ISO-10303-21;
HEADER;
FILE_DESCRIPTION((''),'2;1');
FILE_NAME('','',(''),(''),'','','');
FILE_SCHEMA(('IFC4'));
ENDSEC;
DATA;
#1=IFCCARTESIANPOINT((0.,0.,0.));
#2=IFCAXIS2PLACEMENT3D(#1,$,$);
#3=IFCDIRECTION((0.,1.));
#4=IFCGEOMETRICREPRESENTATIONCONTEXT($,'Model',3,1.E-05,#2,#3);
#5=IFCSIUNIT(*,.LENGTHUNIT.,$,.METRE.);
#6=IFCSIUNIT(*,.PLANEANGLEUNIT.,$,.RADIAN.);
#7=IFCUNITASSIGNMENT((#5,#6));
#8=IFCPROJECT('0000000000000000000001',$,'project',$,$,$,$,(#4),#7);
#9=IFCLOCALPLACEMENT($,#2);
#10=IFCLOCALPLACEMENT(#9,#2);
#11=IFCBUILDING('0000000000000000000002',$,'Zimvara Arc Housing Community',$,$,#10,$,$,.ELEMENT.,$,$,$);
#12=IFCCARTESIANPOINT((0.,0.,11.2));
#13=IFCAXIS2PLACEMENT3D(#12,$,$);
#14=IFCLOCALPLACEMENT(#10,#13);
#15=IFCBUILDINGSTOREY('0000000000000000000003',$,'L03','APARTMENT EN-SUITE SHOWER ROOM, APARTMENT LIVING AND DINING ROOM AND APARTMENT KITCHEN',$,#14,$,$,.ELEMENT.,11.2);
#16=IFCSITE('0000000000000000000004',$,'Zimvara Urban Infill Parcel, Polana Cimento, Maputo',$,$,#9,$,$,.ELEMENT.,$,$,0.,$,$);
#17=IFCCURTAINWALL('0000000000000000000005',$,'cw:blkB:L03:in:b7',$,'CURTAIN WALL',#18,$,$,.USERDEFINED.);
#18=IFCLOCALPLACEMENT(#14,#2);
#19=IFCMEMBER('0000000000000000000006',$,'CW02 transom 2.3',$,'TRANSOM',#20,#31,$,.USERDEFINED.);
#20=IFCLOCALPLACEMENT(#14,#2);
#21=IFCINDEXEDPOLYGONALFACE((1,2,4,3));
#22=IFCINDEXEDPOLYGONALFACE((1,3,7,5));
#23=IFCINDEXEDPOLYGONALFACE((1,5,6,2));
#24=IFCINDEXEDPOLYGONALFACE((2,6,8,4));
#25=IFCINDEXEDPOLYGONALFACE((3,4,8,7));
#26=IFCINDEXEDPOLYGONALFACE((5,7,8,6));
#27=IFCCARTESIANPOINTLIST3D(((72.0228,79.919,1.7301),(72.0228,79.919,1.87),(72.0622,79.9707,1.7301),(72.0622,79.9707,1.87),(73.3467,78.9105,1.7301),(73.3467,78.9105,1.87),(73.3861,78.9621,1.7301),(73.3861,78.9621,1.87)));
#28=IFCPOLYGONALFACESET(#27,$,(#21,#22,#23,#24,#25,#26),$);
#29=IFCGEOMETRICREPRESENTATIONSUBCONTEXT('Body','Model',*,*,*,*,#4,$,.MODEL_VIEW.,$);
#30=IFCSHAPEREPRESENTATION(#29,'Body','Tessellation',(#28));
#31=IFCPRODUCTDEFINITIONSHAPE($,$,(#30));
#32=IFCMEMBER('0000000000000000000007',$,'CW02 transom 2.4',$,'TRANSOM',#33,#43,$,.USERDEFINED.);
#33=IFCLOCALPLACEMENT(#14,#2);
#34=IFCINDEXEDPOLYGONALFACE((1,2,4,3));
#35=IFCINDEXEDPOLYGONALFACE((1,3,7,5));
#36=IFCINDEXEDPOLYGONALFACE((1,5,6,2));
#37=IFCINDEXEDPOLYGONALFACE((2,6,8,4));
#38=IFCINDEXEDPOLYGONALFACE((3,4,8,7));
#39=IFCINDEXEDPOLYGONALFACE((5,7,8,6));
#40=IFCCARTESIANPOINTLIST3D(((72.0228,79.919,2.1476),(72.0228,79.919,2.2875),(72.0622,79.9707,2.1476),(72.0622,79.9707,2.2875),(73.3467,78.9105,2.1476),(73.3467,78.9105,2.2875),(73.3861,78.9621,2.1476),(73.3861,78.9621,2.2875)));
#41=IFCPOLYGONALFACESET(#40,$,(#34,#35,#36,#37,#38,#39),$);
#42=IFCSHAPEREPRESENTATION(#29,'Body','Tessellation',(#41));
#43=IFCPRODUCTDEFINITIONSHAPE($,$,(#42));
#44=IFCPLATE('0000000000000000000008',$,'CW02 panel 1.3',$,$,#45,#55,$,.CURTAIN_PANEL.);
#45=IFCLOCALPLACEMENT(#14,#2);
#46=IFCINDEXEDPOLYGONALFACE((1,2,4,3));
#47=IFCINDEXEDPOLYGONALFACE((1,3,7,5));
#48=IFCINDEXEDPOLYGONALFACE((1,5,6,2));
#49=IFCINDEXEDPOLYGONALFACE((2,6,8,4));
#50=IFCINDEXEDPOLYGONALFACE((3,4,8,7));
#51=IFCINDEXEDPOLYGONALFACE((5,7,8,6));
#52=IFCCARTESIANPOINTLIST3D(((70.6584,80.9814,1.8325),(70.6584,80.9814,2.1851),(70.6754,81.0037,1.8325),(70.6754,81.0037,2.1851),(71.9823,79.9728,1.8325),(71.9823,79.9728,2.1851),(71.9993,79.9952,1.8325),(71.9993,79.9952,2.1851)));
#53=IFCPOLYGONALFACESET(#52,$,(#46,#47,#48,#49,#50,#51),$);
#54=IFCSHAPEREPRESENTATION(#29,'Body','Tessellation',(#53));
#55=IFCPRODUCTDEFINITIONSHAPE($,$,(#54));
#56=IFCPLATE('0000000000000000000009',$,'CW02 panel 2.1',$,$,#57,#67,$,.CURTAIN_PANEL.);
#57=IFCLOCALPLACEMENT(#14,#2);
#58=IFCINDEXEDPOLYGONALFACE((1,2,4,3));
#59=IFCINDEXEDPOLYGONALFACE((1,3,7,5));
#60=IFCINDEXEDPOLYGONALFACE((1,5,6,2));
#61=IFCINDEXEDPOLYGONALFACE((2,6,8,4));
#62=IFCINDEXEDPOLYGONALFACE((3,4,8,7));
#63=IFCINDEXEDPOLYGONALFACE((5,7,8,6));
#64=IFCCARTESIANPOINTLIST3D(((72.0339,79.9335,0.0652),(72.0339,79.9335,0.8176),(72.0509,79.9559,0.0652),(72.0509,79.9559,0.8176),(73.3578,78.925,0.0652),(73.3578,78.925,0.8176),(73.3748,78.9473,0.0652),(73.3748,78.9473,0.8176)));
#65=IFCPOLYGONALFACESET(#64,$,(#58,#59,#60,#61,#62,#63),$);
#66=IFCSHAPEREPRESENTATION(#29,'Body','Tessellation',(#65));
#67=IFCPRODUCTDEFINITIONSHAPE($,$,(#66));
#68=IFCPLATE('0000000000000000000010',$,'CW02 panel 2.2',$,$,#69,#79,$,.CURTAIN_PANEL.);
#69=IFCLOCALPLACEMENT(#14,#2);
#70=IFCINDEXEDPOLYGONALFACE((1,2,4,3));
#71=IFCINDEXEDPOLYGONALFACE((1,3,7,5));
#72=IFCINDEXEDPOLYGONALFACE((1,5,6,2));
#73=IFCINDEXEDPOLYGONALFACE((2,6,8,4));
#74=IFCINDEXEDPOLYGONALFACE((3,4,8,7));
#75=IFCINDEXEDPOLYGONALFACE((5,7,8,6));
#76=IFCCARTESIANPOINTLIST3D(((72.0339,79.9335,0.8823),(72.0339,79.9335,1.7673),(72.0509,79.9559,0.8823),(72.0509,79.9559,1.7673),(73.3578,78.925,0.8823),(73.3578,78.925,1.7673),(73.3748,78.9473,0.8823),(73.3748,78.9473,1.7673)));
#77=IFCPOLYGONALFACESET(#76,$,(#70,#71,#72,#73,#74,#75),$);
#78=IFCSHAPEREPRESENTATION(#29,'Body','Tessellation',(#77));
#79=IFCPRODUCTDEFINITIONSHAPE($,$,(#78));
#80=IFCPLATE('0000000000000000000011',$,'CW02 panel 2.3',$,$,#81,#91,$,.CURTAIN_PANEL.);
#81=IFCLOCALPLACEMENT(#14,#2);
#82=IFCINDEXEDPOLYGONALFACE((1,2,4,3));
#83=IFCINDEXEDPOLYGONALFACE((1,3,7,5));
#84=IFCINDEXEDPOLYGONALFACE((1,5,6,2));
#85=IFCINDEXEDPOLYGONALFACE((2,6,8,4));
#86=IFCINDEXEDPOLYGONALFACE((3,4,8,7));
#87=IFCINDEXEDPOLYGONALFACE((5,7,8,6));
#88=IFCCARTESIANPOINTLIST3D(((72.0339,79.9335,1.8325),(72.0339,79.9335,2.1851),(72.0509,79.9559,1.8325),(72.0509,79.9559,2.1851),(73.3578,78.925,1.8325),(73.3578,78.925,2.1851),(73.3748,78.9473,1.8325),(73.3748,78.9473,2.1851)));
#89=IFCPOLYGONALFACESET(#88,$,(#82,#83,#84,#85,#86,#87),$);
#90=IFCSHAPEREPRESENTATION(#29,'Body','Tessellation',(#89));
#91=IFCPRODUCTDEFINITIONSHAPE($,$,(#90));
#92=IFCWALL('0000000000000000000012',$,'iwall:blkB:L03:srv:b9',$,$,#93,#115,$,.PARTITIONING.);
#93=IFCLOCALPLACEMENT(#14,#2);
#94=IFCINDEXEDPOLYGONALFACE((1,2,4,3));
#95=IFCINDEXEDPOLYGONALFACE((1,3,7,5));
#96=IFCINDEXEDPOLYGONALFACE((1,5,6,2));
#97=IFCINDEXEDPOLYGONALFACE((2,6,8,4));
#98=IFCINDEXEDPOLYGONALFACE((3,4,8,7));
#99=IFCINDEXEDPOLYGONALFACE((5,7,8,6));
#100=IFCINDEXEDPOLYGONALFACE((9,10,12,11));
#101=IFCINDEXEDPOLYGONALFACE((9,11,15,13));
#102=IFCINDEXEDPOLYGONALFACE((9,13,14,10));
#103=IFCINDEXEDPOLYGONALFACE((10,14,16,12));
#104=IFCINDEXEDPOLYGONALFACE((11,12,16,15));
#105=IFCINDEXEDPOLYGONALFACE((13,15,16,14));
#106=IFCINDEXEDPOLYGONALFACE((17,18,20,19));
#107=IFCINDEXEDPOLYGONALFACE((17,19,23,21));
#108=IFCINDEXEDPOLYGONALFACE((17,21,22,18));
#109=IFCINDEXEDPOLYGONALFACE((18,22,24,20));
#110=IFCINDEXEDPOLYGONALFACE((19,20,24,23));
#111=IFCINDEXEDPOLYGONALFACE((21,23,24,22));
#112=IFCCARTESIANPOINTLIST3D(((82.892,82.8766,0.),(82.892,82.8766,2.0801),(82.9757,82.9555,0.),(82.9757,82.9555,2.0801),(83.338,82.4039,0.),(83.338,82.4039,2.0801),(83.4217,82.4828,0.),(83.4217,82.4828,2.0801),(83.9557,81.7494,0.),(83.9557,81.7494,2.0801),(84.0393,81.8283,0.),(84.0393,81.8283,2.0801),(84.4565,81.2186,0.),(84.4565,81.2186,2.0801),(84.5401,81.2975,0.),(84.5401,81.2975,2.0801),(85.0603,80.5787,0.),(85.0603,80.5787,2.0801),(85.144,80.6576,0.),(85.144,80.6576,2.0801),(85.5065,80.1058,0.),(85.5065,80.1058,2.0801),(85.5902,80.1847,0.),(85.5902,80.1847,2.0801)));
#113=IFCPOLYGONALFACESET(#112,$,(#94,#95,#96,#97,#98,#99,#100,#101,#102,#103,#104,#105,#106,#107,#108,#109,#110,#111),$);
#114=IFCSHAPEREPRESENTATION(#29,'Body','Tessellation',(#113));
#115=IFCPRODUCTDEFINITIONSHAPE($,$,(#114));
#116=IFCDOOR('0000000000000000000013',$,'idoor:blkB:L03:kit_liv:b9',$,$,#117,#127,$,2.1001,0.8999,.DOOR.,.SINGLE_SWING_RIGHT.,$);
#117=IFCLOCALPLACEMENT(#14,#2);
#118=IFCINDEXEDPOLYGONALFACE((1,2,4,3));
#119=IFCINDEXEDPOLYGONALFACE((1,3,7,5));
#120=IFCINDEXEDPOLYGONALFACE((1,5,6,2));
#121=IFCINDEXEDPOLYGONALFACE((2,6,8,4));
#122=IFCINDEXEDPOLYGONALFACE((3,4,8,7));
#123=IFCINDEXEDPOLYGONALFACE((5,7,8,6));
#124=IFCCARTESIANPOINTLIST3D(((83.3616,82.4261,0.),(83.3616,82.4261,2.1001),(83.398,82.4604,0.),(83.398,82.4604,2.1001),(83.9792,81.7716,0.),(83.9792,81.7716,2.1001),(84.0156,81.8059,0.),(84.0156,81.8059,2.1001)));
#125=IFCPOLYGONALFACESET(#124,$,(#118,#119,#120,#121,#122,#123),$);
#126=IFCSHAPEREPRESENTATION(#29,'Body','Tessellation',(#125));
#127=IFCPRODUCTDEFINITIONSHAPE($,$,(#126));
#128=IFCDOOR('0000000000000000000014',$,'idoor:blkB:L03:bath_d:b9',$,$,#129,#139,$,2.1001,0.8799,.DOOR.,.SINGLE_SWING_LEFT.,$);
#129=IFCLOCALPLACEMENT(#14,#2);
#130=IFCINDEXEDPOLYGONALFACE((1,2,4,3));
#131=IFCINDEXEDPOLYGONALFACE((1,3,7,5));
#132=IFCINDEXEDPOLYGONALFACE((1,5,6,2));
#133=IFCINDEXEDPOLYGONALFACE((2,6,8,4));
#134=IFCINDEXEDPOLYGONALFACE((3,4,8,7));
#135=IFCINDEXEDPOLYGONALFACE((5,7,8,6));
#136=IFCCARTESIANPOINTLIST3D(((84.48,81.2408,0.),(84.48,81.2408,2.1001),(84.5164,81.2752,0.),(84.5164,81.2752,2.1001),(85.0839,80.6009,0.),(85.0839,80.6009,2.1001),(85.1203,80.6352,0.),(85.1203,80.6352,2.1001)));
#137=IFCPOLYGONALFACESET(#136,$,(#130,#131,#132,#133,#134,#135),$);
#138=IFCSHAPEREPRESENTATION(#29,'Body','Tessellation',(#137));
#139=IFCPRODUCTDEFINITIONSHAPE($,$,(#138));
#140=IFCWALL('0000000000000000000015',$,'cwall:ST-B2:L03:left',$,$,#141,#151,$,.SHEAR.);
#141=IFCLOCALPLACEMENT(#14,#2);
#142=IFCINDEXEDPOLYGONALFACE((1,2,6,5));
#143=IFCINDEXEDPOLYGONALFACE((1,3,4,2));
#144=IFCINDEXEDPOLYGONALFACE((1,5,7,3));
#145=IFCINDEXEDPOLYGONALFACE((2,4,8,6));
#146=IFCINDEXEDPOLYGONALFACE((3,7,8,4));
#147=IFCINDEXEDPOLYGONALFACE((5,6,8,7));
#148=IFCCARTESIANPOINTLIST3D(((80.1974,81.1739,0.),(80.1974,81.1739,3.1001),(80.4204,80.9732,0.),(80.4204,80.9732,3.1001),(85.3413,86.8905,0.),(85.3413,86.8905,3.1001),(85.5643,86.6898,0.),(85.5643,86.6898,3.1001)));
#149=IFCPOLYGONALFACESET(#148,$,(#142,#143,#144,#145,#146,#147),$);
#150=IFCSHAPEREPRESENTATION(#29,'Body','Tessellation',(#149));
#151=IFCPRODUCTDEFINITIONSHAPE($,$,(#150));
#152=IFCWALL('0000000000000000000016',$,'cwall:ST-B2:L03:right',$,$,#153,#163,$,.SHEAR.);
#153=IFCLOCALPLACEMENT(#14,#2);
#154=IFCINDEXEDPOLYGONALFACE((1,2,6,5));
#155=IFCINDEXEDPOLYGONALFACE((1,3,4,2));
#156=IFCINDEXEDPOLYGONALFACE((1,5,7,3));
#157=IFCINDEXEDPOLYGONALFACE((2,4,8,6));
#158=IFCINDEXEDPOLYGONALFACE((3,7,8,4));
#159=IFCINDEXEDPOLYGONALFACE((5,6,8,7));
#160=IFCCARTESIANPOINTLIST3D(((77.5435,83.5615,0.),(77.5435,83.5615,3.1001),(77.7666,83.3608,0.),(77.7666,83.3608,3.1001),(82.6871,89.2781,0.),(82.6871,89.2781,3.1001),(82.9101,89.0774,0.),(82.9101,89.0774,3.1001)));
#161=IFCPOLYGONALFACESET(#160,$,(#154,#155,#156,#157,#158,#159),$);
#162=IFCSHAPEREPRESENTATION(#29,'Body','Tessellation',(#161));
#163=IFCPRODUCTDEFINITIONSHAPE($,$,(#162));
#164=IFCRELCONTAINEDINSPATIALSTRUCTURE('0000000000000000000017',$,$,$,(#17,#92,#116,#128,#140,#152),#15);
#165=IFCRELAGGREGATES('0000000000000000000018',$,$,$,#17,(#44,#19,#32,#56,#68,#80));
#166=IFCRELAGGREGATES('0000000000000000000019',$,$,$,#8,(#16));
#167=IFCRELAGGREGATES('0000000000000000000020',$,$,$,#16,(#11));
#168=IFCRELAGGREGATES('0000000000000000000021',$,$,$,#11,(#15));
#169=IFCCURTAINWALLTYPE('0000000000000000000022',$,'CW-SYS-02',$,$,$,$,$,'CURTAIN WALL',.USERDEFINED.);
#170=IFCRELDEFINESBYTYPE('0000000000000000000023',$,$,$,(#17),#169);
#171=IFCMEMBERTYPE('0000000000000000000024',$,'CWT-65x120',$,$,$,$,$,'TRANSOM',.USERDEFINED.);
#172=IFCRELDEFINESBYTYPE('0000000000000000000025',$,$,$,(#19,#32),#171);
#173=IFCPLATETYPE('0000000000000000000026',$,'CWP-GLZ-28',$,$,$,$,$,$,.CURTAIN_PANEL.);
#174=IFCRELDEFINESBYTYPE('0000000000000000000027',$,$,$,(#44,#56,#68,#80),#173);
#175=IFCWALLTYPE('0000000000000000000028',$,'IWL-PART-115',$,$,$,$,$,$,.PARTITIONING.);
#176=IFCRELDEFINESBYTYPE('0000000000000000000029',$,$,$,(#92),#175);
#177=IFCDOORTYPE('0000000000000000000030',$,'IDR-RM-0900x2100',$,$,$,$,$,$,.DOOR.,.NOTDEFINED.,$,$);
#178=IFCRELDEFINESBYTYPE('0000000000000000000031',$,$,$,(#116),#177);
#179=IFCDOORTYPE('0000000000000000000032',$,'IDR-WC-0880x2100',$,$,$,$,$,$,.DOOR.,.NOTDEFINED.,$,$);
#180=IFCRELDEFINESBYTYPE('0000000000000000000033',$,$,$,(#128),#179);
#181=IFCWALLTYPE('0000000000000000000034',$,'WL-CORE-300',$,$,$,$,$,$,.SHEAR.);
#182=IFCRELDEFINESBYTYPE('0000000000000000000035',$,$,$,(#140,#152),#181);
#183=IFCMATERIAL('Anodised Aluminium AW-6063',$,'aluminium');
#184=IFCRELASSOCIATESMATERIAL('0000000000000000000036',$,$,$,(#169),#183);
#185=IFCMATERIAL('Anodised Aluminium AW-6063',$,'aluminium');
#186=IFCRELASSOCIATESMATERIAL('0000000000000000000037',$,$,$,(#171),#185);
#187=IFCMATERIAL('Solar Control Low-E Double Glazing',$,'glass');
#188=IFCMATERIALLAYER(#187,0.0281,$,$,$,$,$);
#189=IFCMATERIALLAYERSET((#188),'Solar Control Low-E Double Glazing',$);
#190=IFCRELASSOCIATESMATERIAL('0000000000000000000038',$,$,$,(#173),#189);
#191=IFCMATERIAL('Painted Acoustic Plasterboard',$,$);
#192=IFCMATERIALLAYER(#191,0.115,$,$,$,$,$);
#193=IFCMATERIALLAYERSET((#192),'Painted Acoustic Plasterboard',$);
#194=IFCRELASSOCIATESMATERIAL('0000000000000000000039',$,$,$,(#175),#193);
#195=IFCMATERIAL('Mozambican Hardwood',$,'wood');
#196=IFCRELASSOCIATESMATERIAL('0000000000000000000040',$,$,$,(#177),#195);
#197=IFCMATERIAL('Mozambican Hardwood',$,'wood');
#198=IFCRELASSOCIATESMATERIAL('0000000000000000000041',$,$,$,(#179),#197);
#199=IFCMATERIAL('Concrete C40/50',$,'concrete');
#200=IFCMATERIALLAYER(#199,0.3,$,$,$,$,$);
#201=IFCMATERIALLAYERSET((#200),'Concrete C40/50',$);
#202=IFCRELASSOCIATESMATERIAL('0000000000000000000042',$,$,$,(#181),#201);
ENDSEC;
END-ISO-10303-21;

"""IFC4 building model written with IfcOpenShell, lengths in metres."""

from ifc_helpers import new_model, si_unit, direction, frame, frame_2d, origin, origin_2d, place, context, subcontext, project, spatial, rectangle, extrude, material, layer, layer_set, material_profile, profile_set, type_object, element, fill, aggregate, save


model = new_model("IFC4")

# Units and contexts
model_context = context("Model", 3, precision=1e-05, world=origin(), true_north=direction((0.0, 1.0)))
body_context = subcontext(model_context, "Body", "Model", "MODEL_VIEW")
ifc_project = project(units=[si_unit("LENGTHUNIT", "METRE"), si_unit("PLANEANGLEUNIT", "RADIAN")], contexts=[model_context])

# Site, building, storey
site_placement = place(None, origin())
site = spatial("IfcSite", under=ifc_project, at=site_placement, Name="Zimvara Urban Infill Parcel, Polana Cimento, Maputo", CompositionType="ELEMENT", RefElevation=0.0)
building_placement = place(site_placement, origin())
building = spatial("IfcBuilding", under=site, at=building_placement, Name="Zimvara Arc Housing Community", CompositionType="ELEMENT")
storey_placement = place(building_placement, frame((0.0, 0.0, 11.2)))
storey = spatial("IfcBuildingStorey", under=building, at=storey_placement, Name="L03", Description="APARTMENT EN-SUITE SHOWER ROOM, APARTMENT LIVING AND DINING ROOM AND APARTMENT KITCHEN", CompositionType="ELEMENT", Elevation=11.2)

# Curtain wall, members, plates
ifc_material_1 = material(Name="Anodised Aluminium AW-6063", Category="aluminium")
curtain_wall_type = type_object("IfcCurtainWallType", Name="CW-SYS-02", ElementType="CURTAIN WALL", PredefinedType="USERDEFINED", material=ifc_material_1)
curtain_wall_placement = place(storey_placement, origin())
curtain_wall = element("IfcCurtainWall", 1, at=curtain_wall_placement, inside=storey, type_object=curtain_wall_type, Name="cw:blkB:L03:in:b7", ObjectType="CURTAIN WALL", PredefinedType="USERDEFINED")
ifc_material_2 = material(Name="Anodised Aluminium AW-6063", Category="aluminium")
ifc_material_profile_1 = material_profile(ifc_material_2, rectangle(XDim=0.0649, YDim=0.1399, at=origin_2d()), Name="ALU 65x140")
ifc_profile_set_1 = profile_set([ifc_material_profile_1], Name="Anodised Aluminium AW-6063")
member_type_1 = type_object("IfcMemberType", Name="CWT-65x120", ElementType="TRANSOM", PredefinedType="USERDEFINED", material=ifc_profile_set_1)
member_1_placement = place(storey_placement, frame((72.0425, 79.9448, 1.8), z_axis=(0.795489, -0.605968, 0.0), x_axis=(0.605968, 0.795489, 0.0)))
member_1 = element("IfcMember", 2, at=member_1_placement, type_object=member_type_1, Name="CW02 transom 2.3", ObjectType="TRANSOM", PredefinedType="USERDEFINED", context=body_context, shape_type="SweptSolid", body=[
    extrude(rectangle(XDim=0.0649, YDim=0.1399, at=origin_2d()), origin(), (0.0, 0.0, 1.0), 1.6643),
])
member_2_placement = place(storey_placement, frame((72.0425, 79.9448, 2.2175), z_axis=(0.795489, -0.605968, 0.0), x_axis=(0.605968, 0.795489, 0.0)))
member_2 = element("IfcMember", 3, at=member_2_placement, type_object=member_type_1, Name="CW02 transom 2.4", ObjectType="TRANSOM", PredefinedType="USERDEFINED", context=body_context, shape_type="SweptSolid", body=[
    extrude(rectangle(XDim=0.0649, YDim=0.1399, at=origin_2d()), origin(), (0.0, 0.0, 1.0), 1.6643),
])
ifc_material_3 = material(Name="Solar Control Low-E Double Glazing", Category="glass")
ifc_layer_1 = layer(ifc_material_3, 0.0281)
ifc_layer_set_1 = layer_set([ifc_layer_1], Name="Solar Control Low-E Double Glazing")
plate_type = type_object("IfcPlateType", Name="CWP-GLZ-28", PredefinedType="CURTAIN_PANEL", material=ifc_layer_set_1)
plate_1_placement = place(storey_placement, frame((71.3289, 80.4883, 1.8325), z_axis=(0.0, 0.0, 1.0), x_axis=(0.795474, -0.605988, 0.0)))
plate_1 = element("IfcPlate", 4, at=plate_1_placement, type_object=plate_type, Name="CW02 panel 1.3", PredefinedType="CURTAIN_PANEL", context=body_context, shape_type="SweptSolid", body=[
    extrude(rectangle(XDim=1.6643, YDim=0.0281, at=origin_2d()), origin(), (0.0, 0.0, 1.0), 0.3525),
])
plate_2_placement = place(storey_placement, frame((72.7043, 79.4404, 0.0652), z_axis=(0.0, 0.0, 1.0), x_axis=(0.795474, -0.605988, 0.0)))
plate_2 = element("IfcPlate", 5, at=plate_2_placement, type_object=plate_type, Name="CW02 panel 2.1", PredefinedType="CURTAIN_PANEL", context=body_context, shape_type="SweptSolid", body=[
    extrude(rectangle(XDim=1.6643, YDim=0.0281, at=origin_2d()), origin(), (0.0, 0.0, 1.0), 0.7524),
])
plate_3_placement = place(storey_placement, frame((72.7043, 79.4404, 0.8823), z_axis=(0.0, 0.0, 1.0), x_axis=(0.795474, -0.605988, 0.0)))
plate_3 = element("IfcPlate", 6, at=plate_3_placement, type_object=plate_type, Name="CW02 panel 2.2", PredefinedType="CURTAIN_PANEL", context=body_context, shape_type="SweptSolid", body=[
    extrude(rectangle(XDim=1.6643, YDim=0.0281, at=origin_2d()), origin(), (0.0, 0.0, 1.0), 0.885),
])
plate_4_placement = place(storey_placement, frame((72.7043, 79.4404, 1.8325), z_axis=(0.0, 0.0, 1.0), x_axis=(0.795474, -0.605988, 0.0)))
plate_4 = element("IfcPlate", 7, at=plate_4_placement, type_object=plate_type, Name="CW02 panel 2.3", PredefinedType="CURTAIN_PANEL", context=body_context, shape_type="SweptSolid", body=[
    extrude(rectangle(XDim=1.6643, YDim=0.0281, at=origin_2d()), origin(), (0.0, 0.0, 1.0), 0.3525),
])
aggregate(curtain_wall, [plate_1, member_1, member_2, plate_2, plate_3, plate_4])

# Wall, openings, doors
ifc_material_4 = material(Name="Painted Acoustic Plasterboard")
ifc_layer_2 = layer(ifc_material_4, 0.115)
ifc_layer_set_2 = layer_set([ifc_layer_2], Name="Painted Acoustic Plasterboard")
wall_type_1 = type_object("IfcWallType", Name="IWL-PART-115", PredefinedType="PARTITIONING", material=ifc_layer_set_2)
wall_1_placement = place(storey_placement, frame((82.9338, 82.916, 0.0), z_axis=(0.0, 0.0, 1.0), x_axis=(0.686302, -0.727317, 0.0)))
wall_1 = element("IfcWall", 8, at=wall_1_placement, inside=storey, type_object=wall_type_1, Name="iwall:blkB:L03:srv:b9", PredefinedType="PARTITIONING", context=body_context, shape_type="SweptSolid", body=[
    extrude(rectangle(XDim=3.8096, YDim=0.115, at=frame_2d((1.9048, 0.0))), origin(), (0.0, 0.0, 1.0), 2.0801),
])
opening_1_placement = place(wall_1_placement, frame((0.6499, 0.0, 0.0)))
opening_1 = element("IfcOpeningElement", 9, at=opening_1_placement, cuts=wall_1, PredefinedType="OPENING", context=body_context, shape_type="SweptSolid", body=[
    extrude(rectangle(XDim=0.8999, YDim=2.1001, at=frame_2d((0.45, 1.05))), frame((0.0, 0.0674, 0.0), z_axis=(0.0, -1.0, 0.0), x_axis=(1.0, 0.0, 0.0)), (0.0, 0.0, 1.0), 0.135),
])
opening_2_placement = place(wall_1_placement, frame((2.2795, 0.0, 0.0)))
opening_2 = element("IfcOpeningElement", 10, at=opening_2_placement, cuts=wall_1, PredefinedType="OPENING", context=body_context, shape_type="SweptSolid", body=[
    extrude(rectangle(XDim=0.8799, YDim=2.1001, at=frame_2d((0.4399, 1.05))), frame((0.0, 0.0674, 0.0), z_axis=(0.0, -1.0, 0.0), x_axis=(1.0, 0.0, 0.0)), (0.0, 0.0, 1.0), 0.135),
])
ifc_material_5 = material(Name="Mozambican Hardwood", Category="wood")
door_type_1 = type_object("IfcDoorType", Name="IDR-RM-0900x2100", OperationType="NOTDEFINED", PredefinedType="DOOR", material=ifc_material_5)
door_1_placement = place(opening_1_placement, origin())
door_1 = element("IfcDoor", 11, at=door_1_placement, inside=storey, type_object=door_type_1, Name="idoor:blkB:L03:kit_liv:b9", OperationType="SINGLE_SWING_RIGHT", OverallHeight=2.1001, OverallWidth=0.8999, PredefinedType="DOOR", context=body_context, shape_type="SweptSolid", body=[
    extrude(rectangle(XDim=0.8999, YDim=2.1001, at=frame_2d((0.45, 1.05))), frame((0.0, 0.0249, 0.0), z_axis=(0.0, -1.0, 0.0), x_axis=(1.0, 0.0, 0.0)), (0.0, 0.0, 1.0), 0.05),
])
fill(opening_1, door_1)
ifc_material_6 = material(Name="Mozambican Hardwood", Category="wood")
door_type_2 = type_object("IfcDoorType", Name="IDR-WC-0880x2100", OperationType="NOTDEFINED", PredefinedType="DOOR", material=ifc_material_6)
door_2_placement = place(opening_2_placement, origin())
door_2 = element("IfcDoor", 12, at=door_2_placement, inside=storey, type_object=door_type_2, Name="idoor:blkB:L03:bath_d:b9", OperationType="SINGLE_SWING_LEFT", OverallHeight=2.1001, OverallWidth=0.8799, PredefinedType="DOOR", context=body_context, shape_type="SweptSolid", body=[
    extrude(rectangle(XDim=0.8799, YDim=2.1001, at=frame_2d((0.4399, 1.05))), frame((0.0, 0.0249, 0.0), z_axis=(0.0, -1.0, 0.0), x_axis=(1.0, 0.0, 0.0)), (0.0, 0.0, 1.0), 0.05),
])
fill(opening_2, door_2)

# Shared definitions
ifc_material_7 = material(Name="Concrete C40/50", Category="concrete")
ifc_layer_3 = layer(ifc_material_7, 0.3)
ifc_layer_set_3 = layer_set([ifc_layer_3], Name="Concrete C40/50")
wall_type_2 = type_object("IfcWallType", Name="WL-CORE-300", PredefinedType="SHEAR", material=ifc_layer_set_3)

# Walls
wall_2_placement = place(storey_placement, frame((80.3088, 81.0735, 0.0), z_axis=(0.0, 0.0, 1.0), x_axis=(0.668886, 0.743365, 0.0)))
element("IfcWall", 13, at=wall_2_placement, inside=storey, type_object=wall_type_2, Name="cwall:ST-B2:L03:left", PredefinedType="SHEAR", context=body_context, shape_type="SweptSolid", body=[
    extrude(rectangle(XDim=7.6902, YDim=0.3, at=frame_2d((3.8452, 0.0))), origin(), (0.0, 0.0, 1.0), 3.1001),
])
wall_3_placement = place(storey_placement, frame((77.655, 83.4612, 0.0), z_axis=(0.0, 0.0, 1.0), x_axis=(0.668868, 0.743381, 0.0)))
element("IfcWall", 14, at=wall_3_placement, inside=storey, type_object=wall_type_2, Name="cwall:ST-B2:L03:right", PredefinedType="SHEAR", context=body_context, shape_type="SweptSolid", body=[
    extrude(rectangle(XDim=7.6899, YDim=0.3, at=frame_2d((3.845, 0.0))), origin(), (0.0, 0.0, 1.0), 3.1001),
])

save(model, "model.ifc")
